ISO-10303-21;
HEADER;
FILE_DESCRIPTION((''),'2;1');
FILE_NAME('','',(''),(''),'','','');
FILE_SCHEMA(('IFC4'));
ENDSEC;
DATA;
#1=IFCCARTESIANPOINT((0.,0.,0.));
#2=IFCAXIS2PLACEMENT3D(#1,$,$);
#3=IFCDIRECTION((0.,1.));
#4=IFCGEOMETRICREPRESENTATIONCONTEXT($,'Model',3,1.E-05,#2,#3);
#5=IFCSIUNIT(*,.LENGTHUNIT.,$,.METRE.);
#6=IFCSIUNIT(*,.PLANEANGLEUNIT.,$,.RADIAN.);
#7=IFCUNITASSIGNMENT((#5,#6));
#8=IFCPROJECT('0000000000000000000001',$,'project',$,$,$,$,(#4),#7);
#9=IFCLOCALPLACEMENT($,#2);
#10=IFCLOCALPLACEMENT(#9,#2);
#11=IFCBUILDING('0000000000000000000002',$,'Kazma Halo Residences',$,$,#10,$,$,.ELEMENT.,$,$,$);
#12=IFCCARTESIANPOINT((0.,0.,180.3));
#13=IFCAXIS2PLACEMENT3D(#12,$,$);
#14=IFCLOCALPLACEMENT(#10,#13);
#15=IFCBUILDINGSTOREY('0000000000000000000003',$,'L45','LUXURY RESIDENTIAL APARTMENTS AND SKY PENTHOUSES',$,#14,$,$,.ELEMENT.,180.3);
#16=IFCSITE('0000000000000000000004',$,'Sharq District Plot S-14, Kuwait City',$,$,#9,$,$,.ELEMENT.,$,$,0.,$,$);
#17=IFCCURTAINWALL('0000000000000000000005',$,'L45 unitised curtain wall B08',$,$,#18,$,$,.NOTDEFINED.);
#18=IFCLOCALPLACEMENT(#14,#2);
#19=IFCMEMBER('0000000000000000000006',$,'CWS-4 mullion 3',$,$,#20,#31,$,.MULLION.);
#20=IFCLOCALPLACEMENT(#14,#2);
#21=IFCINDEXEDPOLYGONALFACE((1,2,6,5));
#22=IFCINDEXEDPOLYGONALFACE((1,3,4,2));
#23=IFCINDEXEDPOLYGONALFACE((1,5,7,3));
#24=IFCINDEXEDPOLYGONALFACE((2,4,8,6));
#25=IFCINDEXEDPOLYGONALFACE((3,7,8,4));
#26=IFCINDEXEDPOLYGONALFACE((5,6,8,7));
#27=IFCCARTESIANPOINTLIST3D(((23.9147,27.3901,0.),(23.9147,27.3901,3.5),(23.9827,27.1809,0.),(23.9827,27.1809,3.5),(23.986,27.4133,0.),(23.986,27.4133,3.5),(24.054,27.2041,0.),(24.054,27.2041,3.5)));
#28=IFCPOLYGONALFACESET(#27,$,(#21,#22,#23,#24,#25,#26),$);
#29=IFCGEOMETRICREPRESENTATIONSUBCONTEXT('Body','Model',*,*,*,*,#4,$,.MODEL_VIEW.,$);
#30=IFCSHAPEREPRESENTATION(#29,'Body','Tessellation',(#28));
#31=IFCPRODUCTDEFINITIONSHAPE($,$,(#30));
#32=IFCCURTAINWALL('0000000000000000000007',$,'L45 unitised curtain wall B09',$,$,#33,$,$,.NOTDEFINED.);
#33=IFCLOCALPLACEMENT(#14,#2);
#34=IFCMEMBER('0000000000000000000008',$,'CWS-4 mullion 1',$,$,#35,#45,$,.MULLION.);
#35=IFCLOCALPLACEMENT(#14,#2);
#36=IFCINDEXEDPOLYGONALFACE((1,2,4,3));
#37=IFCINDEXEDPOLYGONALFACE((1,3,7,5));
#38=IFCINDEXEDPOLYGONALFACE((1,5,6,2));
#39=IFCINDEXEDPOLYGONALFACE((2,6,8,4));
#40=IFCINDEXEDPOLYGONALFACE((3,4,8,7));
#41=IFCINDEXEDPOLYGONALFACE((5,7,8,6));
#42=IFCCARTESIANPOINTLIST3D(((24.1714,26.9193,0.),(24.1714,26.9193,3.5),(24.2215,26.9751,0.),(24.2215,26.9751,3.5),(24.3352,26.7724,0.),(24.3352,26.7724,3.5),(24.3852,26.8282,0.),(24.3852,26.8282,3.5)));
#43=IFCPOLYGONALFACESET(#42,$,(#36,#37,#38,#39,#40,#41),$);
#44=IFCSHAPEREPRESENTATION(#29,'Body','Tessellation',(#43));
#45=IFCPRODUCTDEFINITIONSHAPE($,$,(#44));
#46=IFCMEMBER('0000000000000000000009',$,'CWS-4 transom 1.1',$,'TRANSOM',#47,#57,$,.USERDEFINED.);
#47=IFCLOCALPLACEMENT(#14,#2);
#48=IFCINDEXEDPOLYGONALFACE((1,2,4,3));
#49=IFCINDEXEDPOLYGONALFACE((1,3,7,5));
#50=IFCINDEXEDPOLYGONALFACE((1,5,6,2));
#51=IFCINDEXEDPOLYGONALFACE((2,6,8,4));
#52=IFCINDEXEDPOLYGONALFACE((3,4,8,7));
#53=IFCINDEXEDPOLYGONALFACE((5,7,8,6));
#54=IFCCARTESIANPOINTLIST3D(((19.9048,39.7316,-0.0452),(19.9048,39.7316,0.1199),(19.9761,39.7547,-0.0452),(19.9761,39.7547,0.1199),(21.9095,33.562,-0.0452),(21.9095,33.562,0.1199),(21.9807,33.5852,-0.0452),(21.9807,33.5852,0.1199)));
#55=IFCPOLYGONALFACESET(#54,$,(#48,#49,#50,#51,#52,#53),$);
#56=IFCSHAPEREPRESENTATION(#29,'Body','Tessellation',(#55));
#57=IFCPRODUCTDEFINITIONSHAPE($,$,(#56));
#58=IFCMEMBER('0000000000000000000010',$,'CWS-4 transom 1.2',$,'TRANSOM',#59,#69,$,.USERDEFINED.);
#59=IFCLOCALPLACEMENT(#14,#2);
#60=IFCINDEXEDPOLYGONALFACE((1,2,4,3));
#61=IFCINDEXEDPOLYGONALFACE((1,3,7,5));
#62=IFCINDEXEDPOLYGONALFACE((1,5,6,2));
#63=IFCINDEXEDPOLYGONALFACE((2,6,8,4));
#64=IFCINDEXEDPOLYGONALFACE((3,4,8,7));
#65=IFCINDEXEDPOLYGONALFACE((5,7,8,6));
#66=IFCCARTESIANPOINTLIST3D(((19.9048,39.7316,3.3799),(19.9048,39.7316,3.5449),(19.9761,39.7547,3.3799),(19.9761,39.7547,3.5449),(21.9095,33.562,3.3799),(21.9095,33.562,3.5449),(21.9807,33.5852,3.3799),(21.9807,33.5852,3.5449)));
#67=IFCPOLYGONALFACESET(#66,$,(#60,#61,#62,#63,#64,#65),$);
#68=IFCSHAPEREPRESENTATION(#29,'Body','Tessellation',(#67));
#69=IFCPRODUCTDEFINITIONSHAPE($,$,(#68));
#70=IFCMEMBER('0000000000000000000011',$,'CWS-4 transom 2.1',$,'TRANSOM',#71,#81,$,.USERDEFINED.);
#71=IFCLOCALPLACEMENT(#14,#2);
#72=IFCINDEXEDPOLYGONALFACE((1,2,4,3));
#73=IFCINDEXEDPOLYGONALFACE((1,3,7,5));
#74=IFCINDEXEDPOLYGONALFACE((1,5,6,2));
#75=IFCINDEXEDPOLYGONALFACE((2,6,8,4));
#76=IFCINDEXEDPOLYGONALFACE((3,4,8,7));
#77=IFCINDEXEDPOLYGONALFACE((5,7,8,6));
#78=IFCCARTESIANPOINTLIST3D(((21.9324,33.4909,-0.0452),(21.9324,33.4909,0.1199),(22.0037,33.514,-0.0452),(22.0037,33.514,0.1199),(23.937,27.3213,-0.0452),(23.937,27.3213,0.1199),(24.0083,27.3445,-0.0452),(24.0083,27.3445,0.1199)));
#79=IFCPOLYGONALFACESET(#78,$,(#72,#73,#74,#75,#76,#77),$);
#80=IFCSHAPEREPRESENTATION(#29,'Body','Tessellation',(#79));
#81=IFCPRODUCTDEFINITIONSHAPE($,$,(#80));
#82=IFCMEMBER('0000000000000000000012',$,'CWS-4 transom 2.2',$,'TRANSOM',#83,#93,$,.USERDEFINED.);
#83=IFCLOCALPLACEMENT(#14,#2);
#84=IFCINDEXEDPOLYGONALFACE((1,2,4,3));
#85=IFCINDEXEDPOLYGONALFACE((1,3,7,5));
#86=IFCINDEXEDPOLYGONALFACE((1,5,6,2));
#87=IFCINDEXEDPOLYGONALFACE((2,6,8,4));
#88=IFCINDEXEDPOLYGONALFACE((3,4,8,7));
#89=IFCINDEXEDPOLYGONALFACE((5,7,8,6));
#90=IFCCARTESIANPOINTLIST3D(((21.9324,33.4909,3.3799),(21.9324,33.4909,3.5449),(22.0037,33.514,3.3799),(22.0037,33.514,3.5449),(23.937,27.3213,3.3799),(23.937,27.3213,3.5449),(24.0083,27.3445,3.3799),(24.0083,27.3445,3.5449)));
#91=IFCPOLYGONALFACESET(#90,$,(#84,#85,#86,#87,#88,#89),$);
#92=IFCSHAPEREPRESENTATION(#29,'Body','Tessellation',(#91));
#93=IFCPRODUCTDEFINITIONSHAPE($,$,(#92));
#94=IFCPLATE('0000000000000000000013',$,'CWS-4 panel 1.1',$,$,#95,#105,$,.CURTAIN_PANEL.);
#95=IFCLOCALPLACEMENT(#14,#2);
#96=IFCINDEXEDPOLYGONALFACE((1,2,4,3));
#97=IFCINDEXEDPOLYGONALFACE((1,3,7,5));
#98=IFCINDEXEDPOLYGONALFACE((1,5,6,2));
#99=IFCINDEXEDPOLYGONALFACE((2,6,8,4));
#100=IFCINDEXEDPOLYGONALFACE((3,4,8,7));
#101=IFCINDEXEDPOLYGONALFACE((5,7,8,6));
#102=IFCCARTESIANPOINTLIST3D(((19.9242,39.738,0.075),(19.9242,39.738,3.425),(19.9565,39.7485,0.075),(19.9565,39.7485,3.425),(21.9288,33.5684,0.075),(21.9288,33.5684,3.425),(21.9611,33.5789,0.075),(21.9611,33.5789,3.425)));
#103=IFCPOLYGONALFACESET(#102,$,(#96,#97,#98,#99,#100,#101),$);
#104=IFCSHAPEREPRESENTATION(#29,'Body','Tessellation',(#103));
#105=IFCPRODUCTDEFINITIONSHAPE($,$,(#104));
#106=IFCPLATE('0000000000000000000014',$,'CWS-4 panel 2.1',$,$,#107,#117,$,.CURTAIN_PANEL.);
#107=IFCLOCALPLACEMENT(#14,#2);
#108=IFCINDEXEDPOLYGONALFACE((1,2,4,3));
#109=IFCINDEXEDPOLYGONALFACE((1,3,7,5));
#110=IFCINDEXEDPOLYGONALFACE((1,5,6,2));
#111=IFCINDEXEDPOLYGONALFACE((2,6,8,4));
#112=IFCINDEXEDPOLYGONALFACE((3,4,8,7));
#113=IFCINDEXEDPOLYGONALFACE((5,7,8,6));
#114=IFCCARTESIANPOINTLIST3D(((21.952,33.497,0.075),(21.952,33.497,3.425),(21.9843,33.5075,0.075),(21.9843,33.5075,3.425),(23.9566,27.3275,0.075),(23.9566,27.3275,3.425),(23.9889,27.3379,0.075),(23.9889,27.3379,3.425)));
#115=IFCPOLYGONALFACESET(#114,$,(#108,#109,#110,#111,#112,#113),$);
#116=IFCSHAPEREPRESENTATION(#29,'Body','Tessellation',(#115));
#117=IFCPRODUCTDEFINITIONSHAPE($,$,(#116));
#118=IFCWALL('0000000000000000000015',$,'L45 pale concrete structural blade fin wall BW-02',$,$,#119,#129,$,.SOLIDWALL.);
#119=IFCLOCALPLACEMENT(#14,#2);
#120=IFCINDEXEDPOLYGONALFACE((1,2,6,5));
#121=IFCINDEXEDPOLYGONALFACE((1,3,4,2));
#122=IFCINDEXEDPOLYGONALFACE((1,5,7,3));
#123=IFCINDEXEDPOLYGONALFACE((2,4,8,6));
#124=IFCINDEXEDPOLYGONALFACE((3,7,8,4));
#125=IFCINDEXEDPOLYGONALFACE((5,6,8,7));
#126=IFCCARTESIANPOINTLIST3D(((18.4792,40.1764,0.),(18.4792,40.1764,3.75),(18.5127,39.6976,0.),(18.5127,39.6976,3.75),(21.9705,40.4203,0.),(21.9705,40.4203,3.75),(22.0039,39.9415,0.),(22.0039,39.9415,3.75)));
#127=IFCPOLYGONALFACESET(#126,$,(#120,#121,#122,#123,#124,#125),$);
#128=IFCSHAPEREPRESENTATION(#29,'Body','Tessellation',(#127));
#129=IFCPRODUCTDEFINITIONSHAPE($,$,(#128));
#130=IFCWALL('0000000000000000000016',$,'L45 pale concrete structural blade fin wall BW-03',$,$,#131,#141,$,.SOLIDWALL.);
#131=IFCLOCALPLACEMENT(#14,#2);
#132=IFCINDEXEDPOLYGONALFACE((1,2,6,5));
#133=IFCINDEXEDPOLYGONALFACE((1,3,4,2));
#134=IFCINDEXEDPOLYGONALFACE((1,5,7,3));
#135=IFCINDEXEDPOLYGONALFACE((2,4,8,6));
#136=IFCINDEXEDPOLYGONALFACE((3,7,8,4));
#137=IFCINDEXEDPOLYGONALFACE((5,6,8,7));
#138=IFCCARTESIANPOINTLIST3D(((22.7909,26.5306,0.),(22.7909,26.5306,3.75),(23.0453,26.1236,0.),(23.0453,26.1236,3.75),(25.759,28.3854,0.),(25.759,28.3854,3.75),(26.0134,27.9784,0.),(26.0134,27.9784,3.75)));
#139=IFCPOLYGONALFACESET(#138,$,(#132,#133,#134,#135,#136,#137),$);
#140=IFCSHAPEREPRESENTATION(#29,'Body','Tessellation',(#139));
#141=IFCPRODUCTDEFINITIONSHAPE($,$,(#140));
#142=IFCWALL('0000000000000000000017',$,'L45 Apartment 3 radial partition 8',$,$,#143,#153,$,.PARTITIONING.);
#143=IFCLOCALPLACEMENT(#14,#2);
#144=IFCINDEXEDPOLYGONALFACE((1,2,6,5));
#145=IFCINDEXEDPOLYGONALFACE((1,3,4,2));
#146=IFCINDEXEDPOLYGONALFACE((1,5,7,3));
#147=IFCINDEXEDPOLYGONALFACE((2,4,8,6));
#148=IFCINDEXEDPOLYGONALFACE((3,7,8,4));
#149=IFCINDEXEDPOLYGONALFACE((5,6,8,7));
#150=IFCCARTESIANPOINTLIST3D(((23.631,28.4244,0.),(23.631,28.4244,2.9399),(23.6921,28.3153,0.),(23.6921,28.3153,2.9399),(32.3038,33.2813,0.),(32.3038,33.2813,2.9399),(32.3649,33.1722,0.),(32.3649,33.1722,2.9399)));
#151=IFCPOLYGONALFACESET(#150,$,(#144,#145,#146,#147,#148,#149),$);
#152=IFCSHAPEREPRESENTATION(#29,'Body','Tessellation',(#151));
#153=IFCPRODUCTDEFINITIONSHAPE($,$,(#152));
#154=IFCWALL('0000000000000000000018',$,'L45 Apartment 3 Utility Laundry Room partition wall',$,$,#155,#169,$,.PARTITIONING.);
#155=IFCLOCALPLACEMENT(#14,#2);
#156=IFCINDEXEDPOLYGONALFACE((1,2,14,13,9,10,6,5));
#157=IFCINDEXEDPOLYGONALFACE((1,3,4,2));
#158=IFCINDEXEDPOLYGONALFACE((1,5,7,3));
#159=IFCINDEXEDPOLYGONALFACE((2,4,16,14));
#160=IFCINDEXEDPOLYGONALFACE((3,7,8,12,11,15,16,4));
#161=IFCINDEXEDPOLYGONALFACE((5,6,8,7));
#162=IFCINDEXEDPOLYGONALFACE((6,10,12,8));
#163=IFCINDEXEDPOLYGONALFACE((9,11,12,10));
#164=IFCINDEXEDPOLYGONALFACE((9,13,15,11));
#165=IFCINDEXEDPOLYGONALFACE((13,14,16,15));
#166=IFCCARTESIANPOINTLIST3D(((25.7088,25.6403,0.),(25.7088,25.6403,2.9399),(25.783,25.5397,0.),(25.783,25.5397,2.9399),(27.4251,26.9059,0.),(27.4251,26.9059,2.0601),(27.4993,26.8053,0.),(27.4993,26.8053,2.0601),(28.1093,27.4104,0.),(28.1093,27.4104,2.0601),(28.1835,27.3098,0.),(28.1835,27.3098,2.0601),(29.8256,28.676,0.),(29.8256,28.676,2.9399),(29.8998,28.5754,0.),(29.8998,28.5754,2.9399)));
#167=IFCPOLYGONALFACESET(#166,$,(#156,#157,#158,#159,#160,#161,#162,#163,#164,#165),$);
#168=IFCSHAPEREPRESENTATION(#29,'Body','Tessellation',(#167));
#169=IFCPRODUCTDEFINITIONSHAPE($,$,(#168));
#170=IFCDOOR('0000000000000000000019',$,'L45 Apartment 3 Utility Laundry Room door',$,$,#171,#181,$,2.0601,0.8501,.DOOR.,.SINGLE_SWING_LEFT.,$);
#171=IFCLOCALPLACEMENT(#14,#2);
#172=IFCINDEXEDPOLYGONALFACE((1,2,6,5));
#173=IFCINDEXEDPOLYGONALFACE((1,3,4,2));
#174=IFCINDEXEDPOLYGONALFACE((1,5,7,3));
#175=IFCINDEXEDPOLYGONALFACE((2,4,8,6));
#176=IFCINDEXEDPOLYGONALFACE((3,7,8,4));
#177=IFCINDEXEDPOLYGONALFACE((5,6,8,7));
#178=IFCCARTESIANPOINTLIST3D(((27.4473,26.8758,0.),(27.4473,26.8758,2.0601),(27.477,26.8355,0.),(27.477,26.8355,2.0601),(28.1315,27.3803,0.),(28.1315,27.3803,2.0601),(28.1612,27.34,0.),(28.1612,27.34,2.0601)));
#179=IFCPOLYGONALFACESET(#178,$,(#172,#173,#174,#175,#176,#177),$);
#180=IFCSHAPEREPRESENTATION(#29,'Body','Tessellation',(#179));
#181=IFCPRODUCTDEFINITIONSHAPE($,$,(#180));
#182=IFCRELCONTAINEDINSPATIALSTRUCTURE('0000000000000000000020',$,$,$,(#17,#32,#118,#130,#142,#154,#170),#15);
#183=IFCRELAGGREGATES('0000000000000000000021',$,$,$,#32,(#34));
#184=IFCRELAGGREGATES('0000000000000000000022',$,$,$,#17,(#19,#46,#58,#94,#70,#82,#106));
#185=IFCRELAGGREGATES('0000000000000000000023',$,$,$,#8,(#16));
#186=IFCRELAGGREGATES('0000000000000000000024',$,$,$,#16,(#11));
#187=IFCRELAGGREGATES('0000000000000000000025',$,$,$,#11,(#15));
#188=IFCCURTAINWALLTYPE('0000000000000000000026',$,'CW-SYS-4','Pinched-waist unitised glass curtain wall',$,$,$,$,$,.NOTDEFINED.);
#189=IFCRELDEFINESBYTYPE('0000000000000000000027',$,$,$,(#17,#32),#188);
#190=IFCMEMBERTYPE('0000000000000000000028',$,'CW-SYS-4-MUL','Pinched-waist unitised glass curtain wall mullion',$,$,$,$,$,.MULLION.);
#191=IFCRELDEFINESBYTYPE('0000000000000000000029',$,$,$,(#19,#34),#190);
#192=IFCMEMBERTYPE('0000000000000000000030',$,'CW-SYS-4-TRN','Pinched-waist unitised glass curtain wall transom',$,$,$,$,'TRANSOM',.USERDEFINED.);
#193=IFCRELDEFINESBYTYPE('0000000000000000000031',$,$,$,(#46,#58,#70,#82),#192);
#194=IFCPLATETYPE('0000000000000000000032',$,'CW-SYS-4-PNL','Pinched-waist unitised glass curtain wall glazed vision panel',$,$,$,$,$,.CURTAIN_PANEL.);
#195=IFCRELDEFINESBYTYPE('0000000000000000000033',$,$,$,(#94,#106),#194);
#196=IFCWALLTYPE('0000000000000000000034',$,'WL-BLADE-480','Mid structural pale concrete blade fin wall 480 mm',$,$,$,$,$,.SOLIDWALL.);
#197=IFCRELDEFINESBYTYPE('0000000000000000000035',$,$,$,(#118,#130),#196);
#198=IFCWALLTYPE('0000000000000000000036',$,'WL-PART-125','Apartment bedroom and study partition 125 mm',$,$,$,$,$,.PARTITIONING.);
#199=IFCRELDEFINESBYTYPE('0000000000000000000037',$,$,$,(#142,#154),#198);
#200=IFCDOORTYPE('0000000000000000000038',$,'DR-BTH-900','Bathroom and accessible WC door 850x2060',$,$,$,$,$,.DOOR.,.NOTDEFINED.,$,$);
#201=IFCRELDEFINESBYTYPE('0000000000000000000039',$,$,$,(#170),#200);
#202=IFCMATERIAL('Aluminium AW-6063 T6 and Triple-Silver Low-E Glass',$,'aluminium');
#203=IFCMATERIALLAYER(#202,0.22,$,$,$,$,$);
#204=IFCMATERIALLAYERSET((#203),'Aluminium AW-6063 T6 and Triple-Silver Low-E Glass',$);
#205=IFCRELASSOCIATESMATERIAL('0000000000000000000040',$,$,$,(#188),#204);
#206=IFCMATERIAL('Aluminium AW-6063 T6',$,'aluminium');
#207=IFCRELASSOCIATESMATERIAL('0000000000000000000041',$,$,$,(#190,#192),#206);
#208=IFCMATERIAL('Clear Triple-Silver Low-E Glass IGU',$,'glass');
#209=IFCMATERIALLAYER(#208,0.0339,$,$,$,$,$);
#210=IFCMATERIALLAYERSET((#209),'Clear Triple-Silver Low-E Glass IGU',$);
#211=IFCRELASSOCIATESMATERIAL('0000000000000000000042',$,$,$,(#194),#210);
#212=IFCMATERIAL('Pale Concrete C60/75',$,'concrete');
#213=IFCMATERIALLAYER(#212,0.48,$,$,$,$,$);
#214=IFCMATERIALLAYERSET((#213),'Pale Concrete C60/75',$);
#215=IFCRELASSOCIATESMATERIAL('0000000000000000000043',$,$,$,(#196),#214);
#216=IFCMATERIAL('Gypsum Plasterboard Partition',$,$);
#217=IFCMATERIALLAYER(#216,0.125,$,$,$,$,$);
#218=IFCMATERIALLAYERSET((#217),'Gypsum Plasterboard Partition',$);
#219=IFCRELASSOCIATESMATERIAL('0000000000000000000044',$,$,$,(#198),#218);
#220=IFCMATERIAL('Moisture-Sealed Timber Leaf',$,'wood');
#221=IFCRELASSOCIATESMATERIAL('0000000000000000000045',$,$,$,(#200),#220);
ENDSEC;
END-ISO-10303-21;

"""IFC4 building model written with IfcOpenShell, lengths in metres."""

from ifc_helpers import new_model, si_unit, direction, frame, frame_2d, origin, origin_2d, place, context, subcontext, project, spatial, rectangle, extrude, material, layer, layer_set, material_profile, profile_set, type_object, element, fill, aggregate, save


model = new_model("IFC4")

# Units and contexts
model_context = context("Model", 3, precision=1e-05, world=origin(), true_north=direction((0.0, 1.0)))
body_context = subcontext(model_context, "Body", "Model", "MODEL_VIEW")
ifc_project = project(units=[si_unit("LENGTHUNIT", "METRE"), si_unit("PLANEANGLEUNIT", "RADIAN")], contexts=[model_context])

# Site, building, storey
site_placement = place(None, origin())
site = spatial("IfcSite", under=ifc_project, at=site_placement, Name="Sharq District Plot S-14, Kuwait City", CompositionType="ELEMENT", RefElevation=0.0)
building_placement = place(site_placement, origin())
building = spatial("IfcBuilding", under=site, at=building_placement, Name="Kazma Halo Residences", CompositionType="ELEMENT")
storey_placement = place(building_placement, frame((0.0, 0.0, 180.3)))
storey = spatial("IfcBuildingStorey", under=building, at=storey_placement, Name="L45", Description="LUXURY RESIDENTIAL APARTMENTS AND SKY PENTHOUSES", CompositionType="ELEMENT", Elevation=180.3)

# Shared definitions
ifc_material_1 = material(Name="Aluminium AW-6063 T6 and Triple-Silver Low-E Glass", Category="aluminium")
ifc_layer_1 = layer(ifc_material_1, 0.22)
ifc_layer_set_1 = layer_set([ifc_layer_1], Name="Aluminium AW-6063 T6 and Triple-Silver Low-E Glass")
curtain_wall_type = type_object("IfcCurtainWallType", Name="CW-SYS-4", Description="Pinched-waist unitised glass curtain wall", PredefinedType="NOTDEFINED", material=ifc_layer_set_1)
ifc_material_2 = material(Name="Aluminium AW-6063 T6", Category="aluminium")
ifc_material_profile_1 = material_profile(ifc_material_2, rectangle(XDim=0.075, YDim=0.22, at=origin_2d()), Name="CWM-75x220")
ifc_profile_set_1 = profile_set([ifc_material_profile_1], Name="Aluminium AW-6063 T6")
member_type_1 = type_object("IfcMemberType", Name="CW-SYS-4-MUL", Description="Pinched-waist unitised glass curtain wall mullion", PredefinedType="MULLION", material=ifc_profile_set_1)

# Curtain wall, member
curtain_wall_1_placement = place(storey_placement, origin())
curtain_wall_1 = element("IfcCurtainWall", 1, at=curtain_wall_1_placement, inside=storey, type_object=curtain_wall_type, Name="L45 unitised curtain wall B08", PredefinedType="NOTDEFINED")
member_1_placement = place(storey_placement, frame((23.9844, 27.2971, 0.0), z_axis=(0.0, 0.0, 1.0), x_axis=(0.951057, 0.309016, 0.0)))
member_1 = element("IfcMember", 2, at=member_1_placement, type_object=member_type_1, Name="CWS-4 mullion 3", PredefinedType="MULLION", context=body_context, shape_type="SweptSolid", body=[
    extrude(rectangle(XDim=0.075, YDim=0.22, at=origin_2d()), origin(), (0.0, 0.0, 1.0), 3.5),
])

# Curtain wall, member
curtain_wall_2_placement = place(storey_placement, origin())
curtain_wall_2 = element("IfcCurtainWall", 3, at=curtain_wall_2_placement, inside=storey, type_object=curtain_wall_type, Name="L45 unitised curtain wall B09", PredefinedType="NOTDEFINED")
member_2_placement = place(storey_placement, frame((24.2783, 26.8738, 0.0), z_axis=(0.0, 0.0, 1.0), x_axis=(0.667784, 0.744355, 0.0)))
member_2 = element("IfcMember", 4, at=member_2_placement, type_object=member_type_1, Name="CWS-4 mullion 1", PredefinedType="MULLION", context=body_context, shape_type="SweptSolid", body=[
    extrude(rectangle(XDim=0.075, YDim=0.22, at=origin_2d()), origin(), (0.0, 0.0, 1.0), 3.5),
])
aggregate(curtain_wall_2, [member_2])

# Members
ifc_material_profile_2 = material_profile(ifc_material_2, rectangle(XDim=0.075, YDim=0.165, at=origin_2d()), Name="CWT-75x165")
ifc_profile_set_2 = profile_set([ifc_material_profile_2], Name="Aluminium AW-6063 T6")
member_type_2 = type_object("IfcMemberType", Name="CW-SYS-4-TRN", Description="Pinched-waist unitised glass curtain wall transom", ElementType="TRANSOM", PredefinedType="USERDEFINED", material=ifc_profile_set_2)
member_3_placement = place(storey_placement, frame((19.9404, 39.7432, 0.0374), z_axis=(0.309027, -0.951053, 0.0), x_axis=(0.951053, 0.309027, 0.0)))
member_3 = element("IfcMember", 5, at=member_3_placement, type_object=member_type_2, Name="CWS-4 transom 1.1", ObjectType="TRANSOM", PredefinedType="USERDEFINED", context=body_context, shape_type="SweptSolid", body=[
    extrude(rectangle(XDim=0.075, YDim=0.165, at=origin_2d()), origin(), (0.0, 0.0, 1.0), 6.4871),
])
member_4_placement = place(storey_placement, frame((19.9404, 39.7432, 3.4624), z_axis=(0.309027, -0.951053, 0.0), x_axis=(0.951053, 0.309027, 0.0)))
member_4 = element("IfcMember", 6, at=member_4_placement, type_object=member_type_2, Name="CWS-4 transom 1.2", ObjectType="TRANSOM", PredefinedType="USERDEFINED", context=body_context, shape_type="SweptSolid", body=[
    extrude(rectangle(XDim=0.075, YDim=0.165, at=origin_2d()), origin(), (0.0, 0.0, 1.0), 6.4871),
])
member_5_placement = place(storey_placement, frame((21.968, 33.5024, 0.0374), z_axis=(0.309015, -0.951057, 0.0), x_axis=(0.951057, 0.309015, 0.0)))
member_5 = element("IfcMember", 7, at=member_5_placement, type_object=member_type_2, Name="CWS-4 transom 2.1", ObjectType="TRANSOM", PredefinedType="USERDEFINED", context=body_context, shape_type="SweptSolid", body=[
    extrude(rectangle(XDim=0.075, YDim=0.165, at=origin_2d()), origin(), (0.0, 0.0, 1.0), 6.4871),
])
member_6_placement = place(storey_placement, frame((21.968, 33.5024, 3.4624), z_axis=(0.309015, -0.951057, 0.0), x_axis=(0.951057, 0.309015, 0.0)))
member_6 = element("IfcMember", 8, at=member_6_placement, type_object=member_type_2, Name="CWS-4 transom 2.2", ObjectType="TRANSOM", PredefinedType="USERDEFINED", context=body_context, shape_type="SweptSolid", body=[
    extrude(rectangle(XDim=0.075, YDim=0.165, at=origin_2d()), origin(), (0.0, 0.0, 1.0), 6.4871),
])

# Plates
ifc_material_3 = material(Name="Clear Triple-Silver Low-E Glass IGU", Category="glass")
ifc_layer_2 = layer(ifc_material_3, 0.0339)
ifc_layer_set_2 = layer_set([ifc_layer_2], Name="Clear Triple-Silver Low-E Glass IGU")
plate_type = type_object("IfcPlateType", Name="CW-SYS-4-PNL", Description="Pinched-waist unitised glass curtain wall glazed vision panel", PredefinedType="CURTAIN_PANEL", material=ifc_layer_set_2)
plate_1_placement = place(storey_placement, frame((20.9426, 36.6584, 0.075), z_axis=(0.0, 0.0, 1.0), x_axis=(0.309016, -0.951057, 0.0)))
plate_1 = element("IfcPlate", 9, at=plate_1_placement, type_object=plate_type, Name="CWS-4 panel 1.1", PredefinedType="CURTAIN_PANEL", context=body_context, shape_type="SweptSolid", body=[
    extrude(rectangle(XDim=6.4871, YDim=0.0339, at=origin_2d()), origin(), (0.0, 0.0, 1.0), 3.3501),
])
plate_2_placement = place(storey_placement, frame((22.9705, 30.4175, 0.075), z_axis=(0.0, 0.0, 1.0), x_axis=(0.309016, -0.951057, 0.0)))
plate_2 = element("IfcPlate", 10, at=plate_2_placement, type_object=plate_type, Name="CWS-4 panel 2.1", PredefinedType="CURTAIN_PANEL", context=body_context, shape_type="SweptSolid", body=[
    extrude(rectangle(XDim=6.4871, YDim=0.0339, at=origin_2d()), origin(), (0.0, 0.0, 1.0), 3.3501),
])
aggregate(curtain_wall_1, [member_1, member_3, member_4, plate_1, member_5, member_6, plate_2])

# Walls
ifc_material_4 = material(Name="Pale Concrete C60/75", Category="concrete")
ifc_layer_3 = layer(ifc_material_4, 0.48)
ifc_layer_set_3 = layer_set([ifc_layer_3], Name="Pale Concrete C60/75")
wall_type_1 = type_object("IfcWallType", Name="WL-BLADE-480", Description="Mid structural pale concrete blade fin wall 480 mm", PredefinedType="SOLIDWALL", material=ifc_layer_set_3)
wall_1_placement = place(storey_placement, frame((21.9873, 40.1809, 0.0), z_axis=(0.0, 0.0, 1.0), x_axis=(-0.997569, -0.06969, 0.0)))
element("IfcWall", 11, at=wall_1_placement, inside=storey, type_object=wall_type_1, Name="L45 pale concrete structural blade fin wall BW-02", PredefinedType="SOLIDWALL", context=body_context, shape_type="SweptSolid", body=[
    extrude(rectangle(XDim=3.4998, YDim=0.48, at=frame_2d((1.75, 0.0))), origin(), (0.0, 0.0, 1.0), 3.75),
])
wall_2_placement = place(storey_placement, frame((25.8862, 28.1819, 0.0), z_axis=(0.0, 0.0, 1.0), x_axis=(-0.848034, -0.529943, 0.0)))
element("IfcWall", 12, at=wall_2_placement, inside=storey, type_object=wall_type_1, Name="L45 pale concrete structural blade fin wall BW-03", PredefinedType="SOLIDWALL", context=body_context, shape_type="SweptSolid", body=[
    extrude(rectangle(XDim=3.5, YDim=0.48, at=frame_2d((1.75, 0.0))), origin(), (0.0, 0.0, 1.0), 3.75),
])
ifc_material_5 = material(Name="Gypsum Plasterboard Partition")
ifc_layer_4 = layer(ifc_material_5, 0.125)
ifc_layer_set_4 = layer_set([ifc_layer_4], Name="Gypsum Plasterboard Partition")
wall_type_2 = type_object("IfcWallType", Name="WL-PART-125", Description="Apartment bedroom and study partition 125 mm", PredefinedType="PARTITIONING", material=ifc_layer_set_4)
wall_3_placement = place(storey_placement, frame((32.3345, 33.2268, 0.0), z_axis=(0.0, 0.0, 1.0), x_axis=(-0.8725, -0.488614, 0.0)))
element("IfcWall", 13, at=wall_3_placement, inside=storey, type_object=wall_type_2, Name="L45 Apartment 3 radial partition 8", PredefinedType="PARTITIONING", context=body_context, shape_type="SweptSolid", body=[
    extrude(rectangle(XDim=9.9402, YDim=0.125, at=frame_2d((4.9702, 0.0))), origin(), (0.0, 0.0, 1.0), 2.9399),
])

# Wall, opening, door
wall_4_placement = place(storey_placement, frame((29.8628, 28.6257, 0.0), z_axis=(0.0, 0.0, 1.0), x_axis=(-0.804842, -0.593489, 0.0)))
wall_4 = element("IfcWall", 14, at=wall_4_placement, inside=storey, type_object=wall_type_2, Name="L45 Apartment 3 Utility Laundry Room partition wall", PredefinedType="PARTITIONING", context=body_context, shape_type="SweptSolid", body=[
    extrude(rectangle(XDim=5.115, YDim=0.125, at=frame_2d((2.5576, 0.0))), origin(), (0.0, 0.0, 1.0), 2.9399),
])
opening_1_placement = place(wall_4_placement, frame((2.1326, 0.0, 0.0)))
opening_1 = element("IfcOpeningElement", 15, at=opening_1_placement, cuts=wall_4, PredefinedType="OPENING", context=body_context, shape_type="SweptSolid", body=[
    extrude(rectangle(XDim=0.8501, YDim=2.0601, at=frame_2d((0.425, 1.03))), frame((0.0, 0.0725, 0.0), z_axis=(0.0, -1.0, 0.0), x_axis=(1.0, 0.0, 0.0)), (0.0, 0.0, 1.0), 0.145),
])
ifc_material_6 = material(Name="Moisture-Sealed Timber Leaf", Category="wood")
door_type = type_object("IfcDoorType", Name="DR-BTH-900", Description="Bathroom and accessible WC door 850x2060", OperationType="NOTDEFINED", PredefinedType="DOOR", material=ifc_material_6)
door_1_placement = place(opening_1_placement, origin())
door_1 = element("IfcDoor", 16, at=door_1_placement, inside=storey, type_object=door_type, Name="L45 Apartment 3 Utility Laundry Room door", OperationType="SINGLE_SWING_LEFT", OverallHeight=2.0601, OverallWidth=0.8501, PredefinedType="DOOR", context=body_context, shape_type="SweptSolid", body=[
    extrude(rectangle(XDim=0.8501, YDim=2.0601, at=frame_2d((0.425, 1.03))), frame((0.0, 0.0249, 0.0), z_axis=(0.0, -1.0, 0.0), x_axis=(1.0, 0.0, 0.0)), (0.0, 0.0, 1.0), 0.05),
])
fill(opening_1, door_1)

save(model, "model.ifc")
